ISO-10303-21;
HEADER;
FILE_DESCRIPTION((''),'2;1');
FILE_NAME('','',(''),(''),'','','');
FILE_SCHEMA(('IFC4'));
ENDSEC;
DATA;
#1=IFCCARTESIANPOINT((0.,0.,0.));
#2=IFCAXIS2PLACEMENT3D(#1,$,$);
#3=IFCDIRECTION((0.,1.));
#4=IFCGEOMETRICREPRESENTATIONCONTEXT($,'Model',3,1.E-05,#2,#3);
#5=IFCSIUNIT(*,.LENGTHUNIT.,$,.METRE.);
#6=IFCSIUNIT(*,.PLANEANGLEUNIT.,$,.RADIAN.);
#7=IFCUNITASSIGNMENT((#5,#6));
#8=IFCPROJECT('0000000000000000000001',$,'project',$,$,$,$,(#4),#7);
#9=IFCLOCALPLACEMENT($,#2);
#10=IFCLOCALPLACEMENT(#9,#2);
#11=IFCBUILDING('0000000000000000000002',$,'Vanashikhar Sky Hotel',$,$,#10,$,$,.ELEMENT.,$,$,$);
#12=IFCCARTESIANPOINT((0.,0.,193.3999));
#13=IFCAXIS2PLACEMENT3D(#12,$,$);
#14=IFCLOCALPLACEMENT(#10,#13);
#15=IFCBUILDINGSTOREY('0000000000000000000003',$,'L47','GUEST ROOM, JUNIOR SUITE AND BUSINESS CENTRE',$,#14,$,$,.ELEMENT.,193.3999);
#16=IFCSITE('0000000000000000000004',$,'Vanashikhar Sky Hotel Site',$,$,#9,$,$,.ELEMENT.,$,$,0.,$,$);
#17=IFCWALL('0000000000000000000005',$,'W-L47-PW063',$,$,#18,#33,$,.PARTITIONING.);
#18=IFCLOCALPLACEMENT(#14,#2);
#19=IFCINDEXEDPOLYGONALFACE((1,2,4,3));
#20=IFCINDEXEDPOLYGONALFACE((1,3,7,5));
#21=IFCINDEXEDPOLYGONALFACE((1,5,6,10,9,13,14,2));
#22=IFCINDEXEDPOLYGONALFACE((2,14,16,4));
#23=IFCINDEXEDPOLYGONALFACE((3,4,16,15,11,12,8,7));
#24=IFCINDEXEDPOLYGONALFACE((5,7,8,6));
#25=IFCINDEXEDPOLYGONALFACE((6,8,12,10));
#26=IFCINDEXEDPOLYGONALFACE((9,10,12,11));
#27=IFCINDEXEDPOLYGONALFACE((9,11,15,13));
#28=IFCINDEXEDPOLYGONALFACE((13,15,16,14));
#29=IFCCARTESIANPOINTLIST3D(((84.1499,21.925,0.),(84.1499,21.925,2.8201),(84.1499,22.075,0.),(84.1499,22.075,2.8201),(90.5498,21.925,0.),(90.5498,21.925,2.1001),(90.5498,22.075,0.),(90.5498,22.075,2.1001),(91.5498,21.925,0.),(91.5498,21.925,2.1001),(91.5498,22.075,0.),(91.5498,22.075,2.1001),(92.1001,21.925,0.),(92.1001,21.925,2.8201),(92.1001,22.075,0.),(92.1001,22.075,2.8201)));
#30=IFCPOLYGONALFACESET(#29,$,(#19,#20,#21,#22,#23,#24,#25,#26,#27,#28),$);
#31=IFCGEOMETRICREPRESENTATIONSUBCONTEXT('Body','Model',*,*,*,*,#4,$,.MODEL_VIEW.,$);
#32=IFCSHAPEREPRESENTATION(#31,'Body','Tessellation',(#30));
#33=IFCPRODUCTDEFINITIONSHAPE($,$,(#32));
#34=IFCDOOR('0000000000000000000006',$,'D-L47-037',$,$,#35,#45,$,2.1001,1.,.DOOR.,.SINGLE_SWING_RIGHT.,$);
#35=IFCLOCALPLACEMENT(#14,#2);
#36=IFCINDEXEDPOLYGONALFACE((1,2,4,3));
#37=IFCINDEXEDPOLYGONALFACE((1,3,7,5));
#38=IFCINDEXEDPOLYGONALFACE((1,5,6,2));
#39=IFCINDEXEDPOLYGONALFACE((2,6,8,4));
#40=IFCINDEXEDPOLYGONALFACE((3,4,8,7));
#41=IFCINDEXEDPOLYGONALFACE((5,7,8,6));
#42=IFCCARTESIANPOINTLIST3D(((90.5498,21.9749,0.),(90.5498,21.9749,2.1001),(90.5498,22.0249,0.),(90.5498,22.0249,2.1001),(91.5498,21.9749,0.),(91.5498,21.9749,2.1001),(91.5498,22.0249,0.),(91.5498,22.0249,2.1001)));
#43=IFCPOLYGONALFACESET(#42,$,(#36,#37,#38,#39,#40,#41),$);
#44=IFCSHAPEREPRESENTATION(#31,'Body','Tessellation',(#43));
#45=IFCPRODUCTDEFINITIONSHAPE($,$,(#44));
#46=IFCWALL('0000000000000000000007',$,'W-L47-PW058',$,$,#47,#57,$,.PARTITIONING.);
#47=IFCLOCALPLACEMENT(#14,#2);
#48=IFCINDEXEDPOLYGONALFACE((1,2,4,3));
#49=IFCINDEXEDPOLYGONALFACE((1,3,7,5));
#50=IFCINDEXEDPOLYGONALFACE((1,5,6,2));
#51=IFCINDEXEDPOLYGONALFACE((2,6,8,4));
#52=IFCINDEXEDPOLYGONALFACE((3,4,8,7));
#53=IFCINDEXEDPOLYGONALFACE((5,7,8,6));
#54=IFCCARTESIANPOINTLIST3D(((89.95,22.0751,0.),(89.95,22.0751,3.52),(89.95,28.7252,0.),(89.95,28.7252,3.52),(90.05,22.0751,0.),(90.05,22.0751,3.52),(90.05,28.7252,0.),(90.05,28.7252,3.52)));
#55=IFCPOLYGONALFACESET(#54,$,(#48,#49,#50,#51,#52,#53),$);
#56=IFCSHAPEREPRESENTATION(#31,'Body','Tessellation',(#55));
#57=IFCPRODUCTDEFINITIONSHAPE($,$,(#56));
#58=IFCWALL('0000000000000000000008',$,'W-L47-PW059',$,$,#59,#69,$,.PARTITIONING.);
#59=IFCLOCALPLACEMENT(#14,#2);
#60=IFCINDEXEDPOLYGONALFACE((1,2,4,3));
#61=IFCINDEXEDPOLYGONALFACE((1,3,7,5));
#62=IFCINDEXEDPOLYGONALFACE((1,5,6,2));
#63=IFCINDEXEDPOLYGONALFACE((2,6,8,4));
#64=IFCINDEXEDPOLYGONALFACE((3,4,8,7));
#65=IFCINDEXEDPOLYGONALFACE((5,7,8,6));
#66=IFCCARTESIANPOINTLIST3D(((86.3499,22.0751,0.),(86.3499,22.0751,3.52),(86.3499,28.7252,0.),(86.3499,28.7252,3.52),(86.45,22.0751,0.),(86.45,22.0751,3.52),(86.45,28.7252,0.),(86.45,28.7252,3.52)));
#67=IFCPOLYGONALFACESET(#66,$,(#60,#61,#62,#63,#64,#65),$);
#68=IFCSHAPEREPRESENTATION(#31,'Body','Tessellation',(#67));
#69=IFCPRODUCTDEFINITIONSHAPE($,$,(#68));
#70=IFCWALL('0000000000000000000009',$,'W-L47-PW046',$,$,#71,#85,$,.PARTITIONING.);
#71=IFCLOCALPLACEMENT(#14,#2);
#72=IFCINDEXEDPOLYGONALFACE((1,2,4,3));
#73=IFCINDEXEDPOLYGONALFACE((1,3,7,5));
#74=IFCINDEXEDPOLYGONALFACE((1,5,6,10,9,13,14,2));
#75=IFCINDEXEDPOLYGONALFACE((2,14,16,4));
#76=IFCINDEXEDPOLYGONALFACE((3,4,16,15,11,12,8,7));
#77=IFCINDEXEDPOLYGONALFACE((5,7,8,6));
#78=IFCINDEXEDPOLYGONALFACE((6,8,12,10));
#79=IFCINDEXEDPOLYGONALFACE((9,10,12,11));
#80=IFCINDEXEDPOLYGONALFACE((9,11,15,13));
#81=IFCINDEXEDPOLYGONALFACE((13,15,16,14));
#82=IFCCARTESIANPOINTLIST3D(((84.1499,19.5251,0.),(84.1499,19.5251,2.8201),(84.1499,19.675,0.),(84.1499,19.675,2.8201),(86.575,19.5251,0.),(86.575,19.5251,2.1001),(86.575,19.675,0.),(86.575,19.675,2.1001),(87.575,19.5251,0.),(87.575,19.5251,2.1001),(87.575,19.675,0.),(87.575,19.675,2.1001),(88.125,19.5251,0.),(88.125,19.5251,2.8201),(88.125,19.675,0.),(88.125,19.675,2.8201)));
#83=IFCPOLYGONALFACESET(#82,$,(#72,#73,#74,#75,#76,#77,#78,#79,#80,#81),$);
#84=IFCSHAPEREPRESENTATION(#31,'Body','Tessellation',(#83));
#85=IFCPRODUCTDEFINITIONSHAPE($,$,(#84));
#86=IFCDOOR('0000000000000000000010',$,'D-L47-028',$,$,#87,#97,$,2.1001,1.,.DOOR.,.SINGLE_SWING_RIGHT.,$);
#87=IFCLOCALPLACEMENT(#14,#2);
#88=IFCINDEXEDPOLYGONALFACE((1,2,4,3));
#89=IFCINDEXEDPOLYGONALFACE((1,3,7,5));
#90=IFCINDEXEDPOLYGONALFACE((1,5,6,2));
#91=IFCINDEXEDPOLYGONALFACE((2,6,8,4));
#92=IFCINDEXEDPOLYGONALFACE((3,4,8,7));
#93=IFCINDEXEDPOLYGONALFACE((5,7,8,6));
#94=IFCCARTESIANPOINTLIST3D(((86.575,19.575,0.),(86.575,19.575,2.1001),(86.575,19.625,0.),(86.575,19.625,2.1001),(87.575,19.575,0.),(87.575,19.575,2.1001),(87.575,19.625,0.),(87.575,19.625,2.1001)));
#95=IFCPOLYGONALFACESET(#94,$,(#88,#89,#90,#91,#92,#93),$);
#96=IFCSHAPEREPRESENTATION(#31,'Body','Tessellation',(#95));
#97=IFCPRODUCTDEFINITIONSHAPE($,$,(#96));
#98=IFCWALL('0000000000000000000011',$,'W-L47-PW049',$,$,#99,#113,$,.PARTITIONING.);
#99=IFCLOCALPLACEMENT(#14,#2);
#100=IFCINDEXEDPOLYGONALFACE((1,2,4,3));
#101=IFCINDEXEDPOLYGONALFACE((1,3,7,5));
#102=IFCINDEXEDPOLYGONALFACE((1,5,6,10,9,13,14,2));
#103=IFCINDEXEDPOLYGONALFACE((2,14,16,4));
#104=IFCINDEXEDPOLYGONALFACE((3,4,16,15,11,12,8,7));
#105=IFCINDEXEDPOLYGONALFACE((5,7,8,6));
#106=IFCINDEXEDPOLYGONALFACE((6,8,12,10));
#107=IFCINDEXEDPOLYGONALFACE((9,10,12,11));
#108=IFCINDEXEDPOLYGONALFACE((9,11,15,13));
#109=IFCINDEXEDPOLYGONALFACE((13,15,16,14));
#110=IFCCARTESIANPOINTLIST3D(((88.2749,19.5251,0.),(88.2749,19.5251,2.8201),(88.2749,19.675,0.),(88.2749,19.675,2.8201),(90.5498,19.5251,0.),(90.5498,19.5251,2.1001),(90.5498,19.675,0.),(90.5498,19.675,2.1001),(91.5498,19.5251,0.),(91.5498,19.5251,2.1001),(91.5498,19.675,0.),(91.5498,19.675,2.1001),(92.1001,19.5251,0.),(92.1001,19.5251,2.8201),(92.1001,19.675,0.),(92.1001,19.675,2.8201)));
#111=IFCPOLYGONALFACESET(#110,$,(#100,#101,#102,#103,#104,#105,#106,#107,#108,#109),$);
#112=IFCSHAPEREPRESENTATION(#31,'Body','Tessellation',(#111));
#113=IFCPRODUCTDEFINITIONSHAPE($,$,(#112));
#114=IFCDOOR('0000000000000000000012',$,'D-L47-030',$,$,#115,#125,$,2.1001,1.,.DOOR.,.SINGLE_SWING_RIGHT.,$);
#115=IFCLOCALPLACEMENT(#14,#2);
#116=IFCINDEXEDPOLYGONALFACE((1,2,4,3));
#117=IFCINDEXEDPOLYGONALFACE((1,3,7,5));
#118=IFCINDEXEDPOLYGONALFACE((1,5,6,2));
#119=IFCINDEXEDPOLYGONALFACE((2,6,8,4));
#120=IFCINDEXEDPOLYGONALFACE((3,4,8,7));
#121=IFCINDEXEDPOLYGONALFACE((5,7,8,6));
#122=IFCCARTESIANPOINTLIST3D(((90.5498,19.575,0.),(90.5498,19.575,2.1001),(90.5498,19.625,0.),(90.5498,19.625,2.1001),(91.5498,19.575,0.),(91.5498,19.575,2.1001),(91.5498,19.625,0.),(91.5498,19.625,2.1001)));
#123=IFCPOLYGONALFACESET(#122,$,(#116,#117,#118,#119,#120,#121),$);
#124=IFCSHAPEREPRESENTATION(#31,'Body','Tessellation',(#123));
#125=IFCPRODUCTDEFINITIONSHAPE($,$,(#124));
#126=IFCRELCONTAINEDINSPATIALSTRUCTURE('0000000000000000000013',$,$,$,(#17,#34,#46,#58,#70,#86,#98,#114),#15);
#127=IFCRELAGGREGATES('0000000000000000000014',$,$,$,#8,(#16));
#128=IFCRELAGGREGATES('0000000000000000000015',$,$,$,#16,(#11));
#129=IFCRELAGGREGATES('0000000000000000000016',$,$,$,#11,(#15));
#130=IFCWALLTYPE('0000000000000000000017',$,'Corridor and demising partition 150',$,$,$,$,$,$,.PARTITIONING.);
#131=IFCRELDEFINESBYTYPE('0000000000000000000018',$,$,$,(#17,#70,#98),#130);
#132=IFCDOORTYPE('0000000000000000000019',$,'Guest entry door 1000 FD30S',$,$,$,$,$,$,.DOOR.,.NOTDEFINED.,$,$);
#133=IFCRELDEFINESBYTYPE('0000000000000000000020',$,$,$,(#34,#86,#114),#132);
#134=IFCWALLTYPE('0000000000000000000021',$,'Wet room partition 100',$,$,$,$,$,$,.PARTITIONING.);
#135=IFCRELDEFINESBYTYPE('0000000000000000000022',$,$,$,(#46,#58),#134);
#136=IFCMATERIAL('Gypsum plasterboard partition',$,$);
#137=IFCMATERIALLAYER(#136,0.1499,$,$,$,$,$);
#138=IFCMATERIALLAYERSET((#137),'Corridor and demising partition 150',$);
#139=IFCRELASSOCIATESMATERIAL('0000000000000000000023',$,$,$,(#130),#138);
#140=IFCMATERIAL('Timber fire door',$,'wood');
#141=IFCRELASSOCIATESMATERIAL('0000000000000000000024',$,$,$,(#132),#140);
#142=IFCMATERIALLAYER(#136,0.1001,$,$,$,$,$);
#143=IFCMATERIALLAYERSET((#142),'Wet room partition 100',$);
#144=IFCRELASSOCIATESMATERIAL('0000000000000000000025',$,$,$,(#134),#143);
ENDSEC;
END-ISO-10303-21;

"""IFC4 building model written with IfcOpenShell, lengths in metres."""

from ifc_helpers import new_model, si_unit, direction, frame, frame_2d, origin, place, context, subcontext, project, spatial, rectangle, extrude, source, transform, mapped, material, layer, layer_set, type_object, element, fill, save


model = new_model("IFC4")

# Units and contexts
model_context = context("Model", 3, precision=1e-05, world=origin(), true_north=direction((0.0, 1.0)))
body_context = subcontext(model_context, "Body", "Model", "MODEL_VIEW")
ifc_project = project(units=[si_unit("LENGTHUNIT", "METRE"), si_unit("PLANEANGLEUNIT", "RADIAN")], contexts=[model_context])

# Site, building, storey
site_placement = place(None, origin())
site = spatial("IfcSite", under=ifc_project, at=site_placement, Name="Vanashikhar Sky Hotel Site", CompositionType="ELEMENT", RefElevation=0.0)
building_placement = place(site_placement, origin())
building = spatial("IfcBuilding", under=site, at=building_placement, Name="Vanashikhar Sky Hotel", CompositionType="ELEMENT")
storey_placement = place(building_placement, frame((0.0, 0.0, 193.3999)))
storey = spatial("IfcBuildingStorey", under=building, at=storey_placement, Name="L47", Description="GUEST ROOM, JUNIOR SUITE AND BUSINESS CENTRE", CompositionType="ELEMENT", Elevation=193.3999)

# Wall, opening, door
ifc_material_1 = material(Name="Gypsum plasterboard partition")
ifc_layer_1 = layer(ifc_material_1, 0.1499)
ifc_layer_set_1 = layer_set([ifc_layer_1], Name="Corridor and demising partition 150")
wall_type_1 = type_object("IfcWallType", Name="Corridor and demising partition 150", PredefinedType="PARTITIONING", material=ifc_layer_set_1)
shared_shape_1 = source(origin(), body_context, "Body", "SweptSolid", [
    extrude(rectangle(XDim=7.9502, YDim=0.1499, at=frame_2d((3.9751, 0.0))), origin(), (0.0, 0.0, 1.0), 2.8201),
])
wall_1_placement = place(storey_placement, frame((84.1499, 22.0, 0.0), z_axis=(0.0, 0.0, 1.0), x_axis=(1.0, 0.0, 0.0)))
wall_1 = element("IfcWall", 1, at=wall_1_placement, inside=storey, type_object=wall_type_1, Name="W-L47-PW063", PredefinedType="PARTITIONING", context=body_context, shape_type="MappedRepresentation", body=[
    mapped(shared_shape_1, transform((0.0, 0.0, 0.0), scale=1.0)),
])
shared_shape_2 = source(origin(), body_context, "Body", "SweptSolid", [
    extrude(rectangle(XDim=1.0, YDim=2.1001, at=frame_2d((0.5, 1.05))), frame((0.0, 0.085, 0.0), z_axis=(0.0, -1.0, 0.0), x_axis=(1.0, 0.0, 0.0)), (0.0, 0.0, 1.0), 0.1699),
])
opening_1_placement = place(wall_1_placement, frame((6.3999, 0.0, 0.0)))
opening_1 = element("IfcOpeningElement", 2, at=opening_1_placement, cuts=wall_1, PredefinedType="OPENING", context=body_context, shape_type="MappedRepresentation", body=[
    mapped(shared_shape_2, transform((0.0, 0.0, 0.0), scale=1.0)),
])
ifc_material_2 = material(Name="Timber fire door", Category="wood")
door_type = type_object("IfcDoorType", Name="Guest entry door 1000 FD30S", OperationType="NOTDEFINED", PredefinedType="DOOR", material=ifc_material_2)
shared_shape_3 = source(origin(), body_context, "Body", "SweptSolid", [
    extrude(rectangle(XDim=1.0, YDim=2.1001, at=frame_2d((0.5, 1.05))), frame((0.0, 0.0249, 0.0), z_axis=(0.0, -1.0, 0.0), x_axis=(1.0, 0.0, 0.0)), (0.0, 0.0, 1.0), 0.05),
])
door_1_placement = place(opening_1_placement, origin())
door_1 = element("IfcDoor", 3, at=door_1_placement, inside=storey, type_object=door_type, Name="D-L47-037", OperationType="SINGLE_SWING_RIGHT", OverallHeight=2.1001, OverallWidth=1.0, PredefinedType="DOOR", context=body_context, shape_type="MappedRepresentation", body=[
    mapped(shared_shape_3, transform((0.0, 0.0, 0.0), scale=1.0)),
])
fill(opening_1, door_1)

# Walls
ifc_layer_2 = layer(ifc_material_1, 0.1001)
ifc_layer_set_2 = layer_set([ifc_layer_2], Name="Wet room partition 100")
wall_type_2 = type_object("IfcWallType", Name="Wet room partition 100", PredefinedType="PARTITIONING", material=ifc_layer_set_2)
shared_shape_4 = source(origin(), body_context, "Body", "SweptSolid", [
    extrude(rectangle(XDim=6.6501, YDim=0.1001, at=frame_2d((3.3252, 0.0))), origin(), (0.0, 0.0, 1.0), 3.52),
])
for number, where, z_axis, x_axis, name in (
    (4, (90.0, 22.075, 0.0), (0.0, 0.0, 1.0), (0.0, 1.0, 0.0), "W-L47-PW058"),
    (5, (86.3999, 22.075, 0.0), (0.0, 0.0, 1.0), (0.0, 1.0, 0.0), "W-L47-PW059"),
):
    element("IfcWall", number, at=place(storey_placement, frame(where, z_axis=z_axis, x_axis=x_axis)), inside=storey, type_object=wall_type_2, Name=name, PredefinedType="PARTITIONING", context=body_context, shape_type="MappedRepresentation", body=[
        mapped(shared_shape_4, transform((0.0, 0.0, 0.0), scale=1.0)),
    ])

# Walls, openings, doors
shared_shape_5 = source(origin(), body_context, "Body", "SweptSolid", [
    extrude(rectangle(XDim=3.9751, YDim=0.1499, at=frame_2d((1.9875, 0.0))), origin(), (0.0, 0.0, 1.0), 2.8201),
])
wall_2_placement = place(storey_placement, frame((84.1499, 19.6001, 0.0), z_axis=(0.0, 0.0, 1.0), x_axis=(1.0, 0.0, 0.0)))
wall_2 = element("IfcWall", 6, at=wall_2_placement, inside=storey, type_object=wall_type_1, Name="W-L47-PW046", PredefinedType="PARTITIONING", context=body_context, shape_type="MappedRepresentation", body=[
    mapped(shared_shape_5, transform((0.0, 0.0, 0.0), scale=1.0)),
])
opening_2_placement = place(wall_2_placement, frame((2.425, 0.0, 0.0)))
opening_2 = element("IfcOpeningElement", 7, at=opening_2_placement, cuts=wall_2, PredefinedType="OPENING", context=body_context, shape_type="MappedRepresentation", body=[
    mapped(shared_shape_2, transform((0.0, 0.0, 0.0), scale=1.0)),
])
door_2_placement = place(opening_2_placement, origin())
door_2 = element("IfcDoor", 8, at=door_2_placement, inside=storey, type_object=door_type, Name="D-L47-028", OperationType="SINGLE_SWING_RIGHT", OverallHeight=2.1001, OverallWidth=1.0, PredefinedType="DOOR", context=body_context, shape_type="MappedRepresentation", body=[
    mapped(shared_shape_3, transform((0.0, 0.0, 0.0), scale=1.0)),
])
fill(opening_2, door_2)
shared_shape_6 = source(origin(), body_context, "Body", "SweptSolid", [
    extrude(rectangle(XDim=3.8252, YDim=0.1499, at=frame_2d((1.9126, 0.0))), origin(), (0.0, 0.0, 1.0), 2.8201),
])
wall_3_placement = place(storey_placement, frame((88.2749, 19.6001, 0.0), z_axis=(0.0, 0.0, 1.0), x_axis=(1.0, 0.0, 0.0)))
wall_3 = element("IfcWall", 9, at=wall_3_placement, inside=storey, type_object=wall_type_1, Name="W-L47-PW049", PredefinedType="PARTITIONING", context=body_context, shape_type="MappedRepresentation", body=[
    mapped(shared_shape_6, transform((0.0, 0.0, 0.0), scale=1.0)),
])
opening_3_placement = place(wall_3_placement, frame((2.2749, 0.0, 0.0)))
opening_3 = element("IfcOpeningElement", 10, at=opening_3_placement, cuts=wall_3, PredefinedType="OPENING", context=body_context, shape_type="MappedRepresentation", body=[
    mapped(shared_shape_2, transform((0.0, 0.0, 0.0), scale=1.0)),
])
door_3_placement = place(opening_3_placement, origin())
door_3 = element("IfcDoor", 11, at=door_3_placement, inside=storey, type_object=door_type, Name="D-L47-030", OperationType="SINGLE_SWING_RIGHT", OverallHeight=2.1001, OverallWidth=1.0, PredefinedType="DOOR", context=body_context, shape_type="MappedRepresentation", body=[
    mapped(shared_shape_3, transform((0.0, 0.0, 0.0), scale=1.0)),
])
fill(opening_3, door_3)

save(model, "model.ifc")
